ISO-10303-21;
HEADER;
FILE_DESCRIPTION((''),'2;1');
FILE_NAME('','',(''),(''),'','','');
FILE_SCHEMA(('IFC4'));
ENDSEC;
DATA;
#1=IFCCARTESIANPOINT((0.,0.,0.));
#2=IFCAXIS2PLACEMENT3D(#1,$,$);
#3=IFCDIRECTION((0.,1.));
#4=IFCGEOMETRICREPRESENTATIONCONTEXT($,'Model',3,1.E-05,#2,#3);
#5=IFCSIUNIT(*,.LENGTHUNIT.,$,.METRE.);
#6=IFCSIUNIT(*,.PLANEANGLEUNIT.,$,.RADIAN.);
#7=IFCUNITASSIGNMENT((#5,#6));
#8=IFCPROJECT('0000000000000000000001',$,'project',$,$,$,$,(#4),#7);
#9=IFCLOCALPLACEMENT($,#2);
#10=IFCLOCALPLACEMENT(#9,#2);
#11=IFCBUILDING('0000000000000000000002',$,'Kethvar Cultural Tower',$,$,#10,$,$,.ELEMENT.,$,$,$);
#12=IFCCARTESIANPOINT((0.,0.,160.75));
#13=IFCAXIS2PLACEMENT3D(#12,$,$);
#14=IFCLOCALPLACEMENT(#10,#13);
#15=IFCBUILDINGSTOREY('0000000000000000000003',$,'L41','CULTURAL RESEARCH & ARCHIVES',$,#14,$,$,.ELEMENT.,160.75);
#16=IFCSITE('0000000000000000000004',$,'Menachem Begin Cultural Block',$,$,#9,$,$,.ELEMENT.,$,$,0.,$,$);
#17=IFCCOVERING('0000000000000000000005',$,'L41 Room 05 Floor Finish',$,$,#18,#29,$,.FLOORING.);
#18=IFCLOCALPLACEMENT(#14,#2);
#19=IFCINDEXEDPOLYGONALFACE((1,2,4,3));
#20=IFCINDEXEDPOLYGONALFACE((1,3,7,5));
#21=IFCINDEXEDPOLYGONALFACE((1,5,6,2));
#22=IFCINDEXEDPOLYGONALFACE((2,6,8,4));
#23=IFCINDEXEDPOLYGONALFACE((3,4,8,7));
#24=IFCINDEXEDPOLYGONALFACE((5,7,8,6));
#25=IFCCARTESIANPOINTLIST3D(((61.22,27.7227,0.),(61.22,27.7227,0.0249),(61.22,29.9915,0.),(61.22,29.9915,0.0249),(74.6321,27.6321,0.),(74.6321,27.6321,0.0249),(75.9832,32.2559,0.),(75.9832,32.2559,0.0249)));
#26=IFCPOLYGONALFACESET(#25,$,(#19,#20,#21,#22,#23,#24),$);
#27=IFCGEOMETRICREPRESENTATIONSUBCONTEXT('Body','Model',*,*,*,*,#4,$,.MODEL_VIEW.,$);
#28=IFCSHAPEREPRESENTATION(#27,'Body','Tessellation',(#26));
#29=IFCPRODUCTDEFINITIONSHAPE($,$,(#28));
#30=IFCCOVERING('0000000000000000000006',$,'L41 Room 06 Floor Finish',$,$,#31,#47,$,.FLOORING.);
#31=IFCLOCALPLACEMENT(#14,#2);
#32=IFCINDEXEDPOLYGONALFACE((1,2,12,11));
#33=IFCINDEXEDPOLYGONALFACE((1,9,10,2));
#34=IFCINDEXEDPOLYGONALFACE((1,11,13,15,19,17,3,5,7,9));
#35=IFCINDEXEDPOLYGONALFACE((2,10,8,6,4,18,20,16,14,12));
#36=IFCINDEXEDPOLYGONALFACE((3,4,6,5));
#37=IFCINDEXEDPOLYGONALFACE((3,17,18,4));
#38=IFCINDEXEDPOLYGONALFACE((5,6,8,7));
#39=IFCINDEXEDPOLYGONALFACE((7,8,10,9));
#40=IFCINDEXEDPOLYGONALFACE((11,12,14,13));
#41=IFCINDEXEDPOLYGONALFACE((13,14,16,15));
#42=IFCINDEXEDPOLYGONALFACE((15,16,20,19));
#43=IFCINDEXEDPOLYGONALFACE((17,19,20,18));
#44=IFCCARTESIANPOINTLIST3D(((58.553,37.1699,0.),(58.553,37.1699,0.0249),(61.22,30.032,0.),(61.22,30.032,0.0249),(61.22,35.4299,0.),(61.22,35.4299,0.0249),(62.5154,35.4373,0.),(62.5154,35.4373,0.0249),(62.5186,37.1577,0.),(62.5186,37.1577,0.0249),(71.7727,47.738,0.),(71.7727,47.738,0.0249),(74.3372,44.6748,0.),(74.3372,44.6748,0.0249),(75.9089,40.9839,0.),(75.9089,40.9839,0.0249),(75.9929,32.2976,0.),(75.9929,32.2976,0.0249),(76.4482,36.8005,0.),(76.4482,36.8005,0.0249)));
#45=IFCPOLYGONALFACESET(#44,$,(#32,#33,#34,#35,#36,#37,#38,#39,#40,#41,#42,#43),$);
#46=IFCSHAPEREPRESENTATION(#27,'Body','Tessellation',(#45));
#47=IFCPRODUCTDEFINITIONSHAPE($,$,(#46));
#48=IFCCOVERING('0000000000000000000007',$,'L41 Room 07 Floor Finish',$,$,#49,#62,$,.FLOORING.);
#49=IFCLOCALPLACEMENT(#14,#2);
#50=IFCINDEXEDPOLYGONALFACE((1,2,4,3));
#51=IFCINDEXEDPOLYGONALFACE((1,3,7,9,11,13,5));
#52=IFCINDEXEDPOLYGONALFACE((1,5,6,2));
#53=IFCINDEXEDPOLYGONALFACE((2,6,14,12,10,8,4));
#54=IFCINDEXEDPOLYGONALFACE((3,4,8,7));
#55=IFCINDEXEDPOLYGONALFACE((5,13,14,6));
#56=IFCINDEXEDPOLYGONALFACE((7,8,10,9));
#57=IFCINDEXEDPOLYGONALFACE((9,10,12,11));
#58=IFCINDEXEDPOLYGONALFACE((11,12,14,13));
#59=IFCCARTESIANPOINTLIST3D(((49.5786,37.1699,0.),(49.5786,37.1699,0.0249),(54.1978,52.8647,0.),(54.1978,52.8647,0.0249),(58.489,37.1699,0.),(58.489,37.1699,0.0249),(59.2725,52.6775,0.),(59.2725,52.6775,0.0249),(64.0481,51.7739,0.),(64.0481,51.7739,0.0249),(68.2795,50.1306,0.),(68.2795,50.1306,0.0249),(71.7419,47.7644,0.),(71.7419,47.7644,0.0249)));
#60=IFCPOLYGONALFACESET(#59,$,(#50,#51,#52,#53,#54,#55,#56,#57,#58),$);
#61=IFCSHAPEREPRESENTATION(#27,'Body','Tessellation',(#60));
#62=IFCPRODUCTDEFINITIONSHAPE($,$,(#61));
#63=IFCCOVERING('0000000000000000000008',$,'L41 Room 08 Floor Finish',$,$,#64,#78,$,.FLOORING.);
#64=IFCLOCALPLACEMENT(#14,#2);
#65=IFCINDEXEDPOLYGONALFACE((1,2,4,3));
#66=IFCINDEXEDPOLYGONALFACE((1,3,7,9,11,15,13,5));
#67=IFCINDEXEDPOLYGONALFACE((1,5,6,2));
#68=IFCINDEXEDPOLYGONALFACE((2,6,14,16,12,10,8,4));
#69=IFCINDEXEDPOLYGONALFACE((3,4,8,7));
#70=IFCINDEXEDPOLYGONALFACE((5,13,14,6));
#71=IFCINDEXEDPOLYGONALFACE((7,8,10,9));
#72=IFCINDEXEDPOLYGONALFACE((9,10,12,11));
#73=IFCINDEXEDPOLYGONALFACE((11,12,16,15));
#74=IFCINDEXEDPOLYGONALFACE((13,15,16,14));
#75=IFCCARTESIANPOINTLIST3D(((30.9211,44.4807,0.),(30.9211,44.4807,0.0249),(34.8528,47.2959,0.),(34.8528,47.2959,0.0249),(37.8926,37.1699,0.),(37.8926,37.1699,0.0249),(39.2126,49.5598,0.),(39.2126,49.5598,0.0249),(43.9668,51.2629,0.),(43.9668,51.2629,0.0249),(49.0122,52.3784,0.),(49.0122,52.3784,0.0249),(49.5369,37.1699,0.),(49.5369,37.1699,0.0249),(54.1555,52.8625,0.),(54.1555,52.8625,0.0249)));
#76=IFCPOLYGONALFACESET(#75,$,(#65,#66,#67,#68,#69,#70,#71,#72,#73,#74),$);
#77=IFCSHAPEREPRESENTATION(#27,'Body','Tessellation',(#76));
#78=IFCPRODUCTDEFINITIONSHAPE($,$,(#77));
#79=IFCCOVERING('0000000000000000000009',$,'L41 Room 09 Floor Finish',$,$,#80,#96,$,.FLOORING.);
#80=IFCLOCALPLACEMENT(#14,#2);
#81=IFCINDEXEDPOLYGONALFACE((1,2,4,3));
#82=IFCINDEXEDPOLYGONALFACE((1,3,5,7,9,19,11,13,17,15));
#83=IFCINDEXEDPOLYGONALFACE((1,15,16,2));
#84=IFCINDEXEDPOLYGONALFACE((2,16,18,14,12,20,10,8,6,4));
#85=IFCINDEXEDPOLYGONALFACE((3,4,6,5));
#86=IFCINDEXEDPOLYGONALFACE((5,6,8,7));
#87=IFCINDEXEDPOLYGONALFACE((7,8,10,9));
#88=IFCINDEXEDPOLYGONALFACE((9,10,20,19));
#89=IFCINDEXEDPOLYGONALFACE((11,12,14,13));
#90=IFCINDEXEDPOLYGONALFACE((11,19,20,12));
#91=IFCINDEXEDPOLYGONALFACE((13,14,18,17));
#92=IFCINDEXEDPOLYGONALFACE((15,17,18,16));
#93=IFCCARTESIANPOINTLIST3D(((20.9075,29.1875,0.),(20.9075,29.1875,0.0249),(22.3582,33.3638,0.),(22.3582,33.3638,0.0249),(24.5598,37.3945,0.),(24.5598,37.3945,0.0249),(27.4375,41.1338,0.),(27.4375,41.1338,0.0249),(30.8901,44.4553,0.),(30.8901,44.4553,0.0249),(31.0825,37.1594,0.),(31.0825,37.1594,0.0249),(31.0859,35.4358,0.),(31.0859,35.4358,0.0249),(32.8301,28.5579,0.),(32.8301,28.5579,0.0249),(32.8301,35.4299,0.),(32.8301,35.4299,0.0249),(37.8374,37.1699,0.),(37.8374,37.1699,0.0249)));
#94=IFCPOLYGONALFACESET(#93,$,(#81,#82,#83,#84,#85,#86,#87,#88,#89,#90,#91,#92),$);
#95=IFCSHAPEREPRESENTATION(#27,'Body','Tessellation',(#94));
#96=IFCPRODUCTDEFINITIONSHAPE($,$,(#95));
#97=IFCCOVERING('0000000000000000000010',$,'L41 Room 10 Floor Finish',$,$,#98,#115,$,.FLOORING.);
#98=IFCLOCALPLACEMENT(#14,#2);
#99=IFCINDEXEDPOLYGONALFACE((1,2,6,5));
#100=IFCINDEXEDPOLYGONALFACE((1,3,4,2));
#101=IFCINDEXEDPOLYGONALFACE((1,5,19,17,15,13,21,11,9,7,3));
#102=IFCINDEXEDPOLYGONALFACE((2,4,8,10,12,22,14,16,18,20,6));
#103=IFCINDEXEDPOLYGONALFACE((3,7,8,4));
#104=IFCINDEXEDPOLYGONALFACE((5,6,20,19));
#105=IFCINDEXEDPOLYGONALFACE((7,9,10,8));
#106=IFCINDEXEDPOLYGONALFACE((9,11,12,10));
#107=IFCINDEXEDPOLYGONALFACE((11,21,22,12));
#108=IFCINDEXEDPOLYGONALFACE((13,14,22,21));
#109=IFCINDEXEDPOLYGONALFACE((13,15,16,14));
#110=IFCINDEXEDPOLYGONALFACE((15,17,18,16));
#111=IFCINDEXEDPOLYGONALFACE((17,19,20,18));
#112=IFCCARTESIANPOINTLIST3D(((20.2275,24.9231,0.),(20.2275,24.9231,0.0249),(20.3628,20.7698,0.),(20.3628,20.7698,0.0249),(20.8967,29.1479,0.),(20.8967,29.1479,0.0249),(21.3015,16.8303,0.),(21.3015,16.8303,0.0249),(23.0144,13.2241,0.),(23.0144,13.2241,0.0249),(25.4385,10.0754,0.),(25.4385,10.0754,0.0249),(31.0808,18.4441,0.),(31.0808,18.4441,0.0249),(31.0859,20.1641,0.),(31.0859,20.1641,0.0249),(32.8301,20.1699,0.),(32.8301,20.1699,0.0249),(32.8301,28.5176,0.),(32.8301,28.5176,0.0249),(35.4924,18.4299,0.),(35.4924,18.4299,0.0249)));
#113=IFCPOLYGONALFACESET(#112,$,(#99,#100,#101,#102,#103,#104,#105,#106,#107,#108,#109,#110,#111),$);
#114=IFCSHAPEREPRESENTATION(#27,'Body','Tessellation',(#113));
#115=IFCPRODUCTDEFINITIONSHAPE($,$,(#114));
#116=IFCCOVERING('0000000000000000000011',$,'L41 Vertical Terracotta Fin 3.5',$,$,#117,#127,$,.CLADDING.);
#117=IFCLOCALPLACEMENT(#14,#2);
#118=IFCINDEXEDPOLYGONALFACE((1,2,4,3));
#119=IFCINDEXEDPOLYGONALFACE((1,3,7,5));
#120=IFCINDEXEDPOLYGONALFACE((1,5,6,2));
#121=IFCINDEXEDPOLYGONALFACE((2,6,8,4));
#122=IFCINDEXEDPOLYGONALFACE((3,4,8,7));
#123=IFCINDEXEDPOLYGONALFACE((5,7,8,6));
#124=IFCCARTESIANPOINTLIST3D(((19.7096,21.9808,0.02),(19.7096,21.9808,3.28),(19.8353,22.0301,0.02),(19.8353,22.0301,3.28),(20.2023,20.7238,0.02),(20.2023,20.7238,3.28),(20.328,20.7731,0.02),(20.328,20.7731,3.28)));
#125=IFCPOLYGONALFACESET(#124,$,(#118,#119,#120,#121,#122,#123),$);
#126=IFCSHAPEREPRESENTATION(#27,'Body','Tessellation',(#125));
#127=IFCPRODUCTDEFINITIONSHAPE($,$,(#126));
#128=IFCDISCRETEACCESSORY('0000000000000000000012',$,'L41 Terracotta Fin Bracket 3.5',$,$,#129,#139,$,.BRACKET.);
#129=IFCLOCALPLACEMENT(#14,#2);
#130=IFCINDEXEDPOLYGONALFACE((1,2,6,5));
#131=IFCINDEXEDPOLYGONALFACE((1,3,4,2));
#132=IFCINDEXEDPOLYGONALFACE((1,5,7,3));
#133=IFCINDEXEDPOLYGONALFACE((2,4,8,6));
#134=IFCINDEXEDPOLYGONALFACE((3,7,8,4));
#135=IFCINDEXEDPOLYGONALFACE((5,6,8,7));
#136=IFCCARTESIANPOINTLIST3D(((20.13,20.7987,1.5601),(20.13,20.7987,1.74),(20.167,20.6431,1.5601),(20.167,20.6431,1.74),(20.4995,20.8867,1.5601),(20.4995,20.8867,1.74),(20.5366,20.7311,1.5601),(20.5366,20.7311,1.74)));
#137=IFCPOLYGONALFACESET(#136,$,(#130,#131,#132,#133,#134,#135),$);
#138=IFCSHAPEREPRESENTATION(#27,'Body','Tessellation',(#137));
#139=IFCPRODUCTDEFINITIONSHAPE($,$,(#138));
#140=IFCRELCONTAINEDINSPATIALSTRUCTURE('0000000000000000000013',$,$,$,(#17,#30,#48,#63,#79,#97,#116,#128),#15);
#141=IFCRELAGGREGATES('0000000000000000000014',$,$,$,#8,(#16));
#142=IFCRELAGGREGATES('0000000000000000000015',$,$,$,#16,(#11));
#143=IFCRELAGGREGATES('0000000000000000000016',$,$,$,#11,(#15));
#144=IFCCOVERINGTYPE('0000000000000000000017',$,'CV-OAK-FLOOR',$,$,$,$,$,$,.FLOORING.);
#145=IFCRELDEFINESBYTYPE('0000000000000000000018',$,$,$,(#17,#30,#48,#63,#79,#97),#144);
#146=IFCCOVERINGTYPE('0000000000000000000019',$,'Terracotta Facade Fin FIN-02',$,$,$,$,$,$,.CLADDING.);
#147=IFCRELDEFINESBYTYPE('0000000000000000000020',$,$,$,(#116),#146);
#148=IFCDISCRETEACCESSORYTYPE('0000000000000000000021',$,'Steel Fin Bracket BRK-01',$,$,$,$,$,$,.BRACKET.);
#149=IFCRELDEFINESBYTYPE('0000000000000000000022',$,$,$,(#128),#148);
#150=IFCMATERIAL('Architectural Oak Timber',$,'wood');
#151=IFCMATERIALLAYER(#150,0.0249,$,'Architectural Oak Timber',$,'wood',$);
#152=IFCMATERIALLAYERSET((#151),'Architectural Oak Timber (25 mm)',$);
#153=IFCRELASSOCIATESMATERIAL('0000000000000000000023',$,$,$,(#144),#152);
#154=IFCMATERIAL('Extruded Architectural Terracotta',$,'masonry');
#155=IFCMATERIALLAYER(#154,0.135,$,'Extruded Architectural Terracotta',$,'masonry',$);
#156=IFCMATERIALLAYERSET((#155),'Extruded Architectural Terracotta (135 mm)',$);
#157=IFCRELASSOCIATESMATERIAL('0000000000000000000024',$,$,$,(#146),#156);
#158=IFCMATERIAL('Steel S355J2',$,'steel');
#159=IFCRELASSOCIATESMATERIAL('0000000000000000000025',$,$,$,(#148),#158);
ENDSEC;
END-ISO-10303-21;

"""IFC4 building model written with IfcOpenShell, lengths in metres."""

from ifc_helpers import new_model, si_unit, direction, frame, origin, origin_2d, place, context, subcontext, project, spatial, polyline, rectangle, outline, extrude, source, transform, mapped, material, layer, layer_set, type_object, element, save


model = new_model("IFC4")

# Units and contexts
model_context = context("Model", 3, precision=1e-05, world=origin(), true_north=direction((0.0, 1.0)))
body_context = subcontext(model_context, "Body", "Model", "MODEL_VIEW")
ifc_project = project(units=[si_unit("LENGTHUNIT", "METRE"), si_unit("PLANEANGLEUNIT", "RADIAN")], contexts=[model_context])

# Site, building, storey
site_placement = place(None, origin())
site = spatial("IfcSite", under=ifc_project, at=site_placement, Name="Menachem Begin Cultural Block", CompositionType="ELEMENT", RefElevation=0.0)
building_placement = place(site_placement, origin())
building = spatial("IfcBuilding", under=site, at=building_placement, Name="Kethvar Cultural Tower", CompositionType="ELEMENT")
storey_placement = place(building_placement, frame((0.0, 0.0, 160.75)))
storey = spatial("IfcBuildingStorey", under=building, at=storey_placement, Name="L41", Description="CULTURAL RESEARCH & ARCHIVES", CompositionType="ELEMENT", Elevation=160.75)

# Coverings
ifc_material_1 = material(Name="Architectural Oak Timber", Category="wood")
ifc_layer_1 = layer(ifc_material_1, 0.0249, Name="Architectural Oak Timber", Category="wood")
ifc_layer_set_1 = layer_set([ifc_layer_1], Name="Architectural Oak Timber (25 mm)")
covering_type_1 = type_object("IfcCoveringType", Name="CV-OAK-FLOOR", PredefinedType="FLOORING", material=ifc_layer_set_1)
covering_1_placement = place(storey_placement, origin())
element("IfcCovering", 1, at=covering_1_placement, inside=storey, type_object=covering_type_1, Name="L41 Room 05 Floor Finish", PredefinedType="FLOORING", context=body_context, shape_type="SweptSolid", body=[
    extrude(outline(polyline([(74.6321, 27.6321), (61.22, 27.7227), (61.22, 29.9915), (75.9832, 32.2559), (74.6321, 27.6321)])), origin(), (0.0, 0.0, 1.0), 0.0249),
])
covering_2_placement = place(storey_placement, origin())
element("IfcCovering", 2, at=covering_2_placement, inside=storey, type_object=covering_type_1, Name="L41 Room 06 Floor Finish", PredefinedType="FLOORING", context=body_context, shape_type="SweptSolid", body=[
    extrude(outline(polyline([(76.4482, 36.8005), (75.9929, 32.2976), (61.22, 30.032), (61.22, 35.4299), (62.5154, 35.4373), (62.5186, 37.1577), (58.553, 37.1699), (71.7727, 47.738), (74.3372, 44.6748), (75.9089, 40.9839), (76.4482, 36.8005)])), origin(), (0.0, 0.0, 1.0), 0.0249),
])
covering_3_placement = place(storey_placement, origin())
element("IfcCovering", 3, at=covering_3_placement, inside=storey, type_object=covering_type_1, Name="L41 Room 07 Floor Finish", PredefinedType="FLOORING", context=body_context, shape_type="SweptSolid", body=[
    extrude(outline(polyline([(59.2725, 52.6775), (64.0481, 51.7739), (68.2795, 50.1306), (71.7419, 47.7644), (58.489, 37.1699), (49.5786, 37.1699), (54.1978, 52.8647), (59.2725, 52.6775)])), origin(), (0.0, 0.0, 1.0), 0.0249),
])
covering_4_placement = place(storey_placement, origin())
element("IfcCovering", 4, at=covering_4_placement, inside=storey, type_object=covering_type_1, Name="L41 Room 08 Floor Finish", PredefinedType="FLOORING", context=body_context, shape_type="SweptSolid", body=[
    extrude(outline(polyline([(30.9211, 44.4807), (34.8528, 47.2959), (39.2126, 49.5598), (43.9668, 51.2629), (49.0122, 52.3784), (54.1555, 52.8625), (49.5369, 37.1699), (37.8926, 37.1699), (30.9211, 44.4807)])), origin(), (0.0, 0.0, 1.0), 0.0249),
])
covering_5_placement = place(storey_placement, origin())
element("IfcCovering", 5, at=covering_5_placement, inside=storey, type_object=covering_type_1, Name="L41 Room 09 Floor Finish", PredefinedType="FLOORING", context=body_context, shape_type="SweptSolid", body=[
    extrude(outline(polyline([(22.3582, 33.3638), (24.5598, 37.3945), (27.4375, 41.1338), (30.8901, 44.4553), (37.8374, 37.1699), (31.0825, 37.1594), (31.0859, 35.4358), (32.8301, 35.4299), (32.8301, 28.5579), (20.9075, 29.1875), (22.3582, 33.3638)])), origin(), (0.0, 0.0, 1.0), 0.0249),
])
covering_6_placement = place(storey_placement, origin())
element("IfcCovering", 6, at=covering_6_placement, inside=storey, type_object=covering_type_1, Name="L41 Room 10 Floor Finish", PredefinedType="FLOORING", context=body_context, shape_type="SweptSolid", body=[
    extrude(outline(polyline([(23.0144, 13.2241), (21.3015, 16.8303), (20.3628, 20.7698), (20.2275, 24.9231), (20.8967, 29.1479), (32.8301, 28.5176), (32.8301, 20.1699), (31.0859, 20.1641), (31.0808, 18.4441), (35.4924, 18.4299), (25.4385, 10.0754), (23.0144, 13.2241)])), origin(), (0.0, 0.0, 1.0), 0.0249),
])
ifc_material_2 = material(Name="Extruded Architectural Terracotta", Category="masonry")
ifc_layer_2 = layer(ifc_material_2, 0.135, Name="Extruded Architectural Terracotta", Category="masonry")
ifc_layer_set_2 = layer_set([ifc_layer_2], Name="Extruded Architectural Terracotta (135 mm)")
covering_type_2 = type_object("IfcCoveringType", Name="Terracotta Facade Fin FIN-02", PredefinedType="CLADDING", material=ifc_layer_set_2)
shared_shape_1 = source(origin(), body_context, "Body", "SweptSolid", [
    extrude(rectangle(XDim=1.3501, YDim=0.135, at=origin_2d()), origin(), (0.0, 0.0, 1.0), 3.26),
])
covering_7_placement = place(storey_placement, frame((20.0188, 21.377, 0.02), z_axis=(0.0, 0.0, 1.0), x_axis=(-0.364877, 0.931056, 0.0)))
element("IfcCovering", 7, at=covering_7_placement, inside=storey, type_object=covering_type_2, Name="L41 Vertical Terracotta Fin 3.5", PredefinedType="CLADDING", context=body_context, shape_type="MappedRepresentation", body=[
    mapped(shared_shape_1, transform((0.0, 0.0, 0.0), scale=1.0)),
])

# Discrete accessory
ifc_material_3 = material(Name="Steel S355J2", Category="steel")
discrete_accessory_type = type_object("IfcDiscreteAccessoryType", Name="Steel Fin Bracket BRK-01", PredefinedType="BRACKET", material=ifc_material_3)
shared_shape_2 = source(origin(), body_context, "Body", "SweptSolid", [
    extrude(rectangle(XDim=0.3799, YDim=0.1599, at=origin_2d()), origin(), (0.0, 0.0, 1.0), 0.1799),
])
discrete_accessory_placement = place(storey_placement, frame((20.3333, 20.7649, 1.5601), z_axis=(0.0, 0.0, 1.0), x_axis=(-0.972776, -0.231748, 0.0)))
element("IfcDiscreteAccessory", 8, at=discrete_accessory_placement, inside=storey, type_object=discrete_accessory_type, Name="L41 Terracotta Fin Bracket 3.5", PredefinedType="BRACKET", context=body_context, shape_type="MappedRepresentation", body=[
    mapped(shared_shape_2, transform((0.0, 0.0, 0.0), scale=1.0)),
])

save(model, "model.ifc")
